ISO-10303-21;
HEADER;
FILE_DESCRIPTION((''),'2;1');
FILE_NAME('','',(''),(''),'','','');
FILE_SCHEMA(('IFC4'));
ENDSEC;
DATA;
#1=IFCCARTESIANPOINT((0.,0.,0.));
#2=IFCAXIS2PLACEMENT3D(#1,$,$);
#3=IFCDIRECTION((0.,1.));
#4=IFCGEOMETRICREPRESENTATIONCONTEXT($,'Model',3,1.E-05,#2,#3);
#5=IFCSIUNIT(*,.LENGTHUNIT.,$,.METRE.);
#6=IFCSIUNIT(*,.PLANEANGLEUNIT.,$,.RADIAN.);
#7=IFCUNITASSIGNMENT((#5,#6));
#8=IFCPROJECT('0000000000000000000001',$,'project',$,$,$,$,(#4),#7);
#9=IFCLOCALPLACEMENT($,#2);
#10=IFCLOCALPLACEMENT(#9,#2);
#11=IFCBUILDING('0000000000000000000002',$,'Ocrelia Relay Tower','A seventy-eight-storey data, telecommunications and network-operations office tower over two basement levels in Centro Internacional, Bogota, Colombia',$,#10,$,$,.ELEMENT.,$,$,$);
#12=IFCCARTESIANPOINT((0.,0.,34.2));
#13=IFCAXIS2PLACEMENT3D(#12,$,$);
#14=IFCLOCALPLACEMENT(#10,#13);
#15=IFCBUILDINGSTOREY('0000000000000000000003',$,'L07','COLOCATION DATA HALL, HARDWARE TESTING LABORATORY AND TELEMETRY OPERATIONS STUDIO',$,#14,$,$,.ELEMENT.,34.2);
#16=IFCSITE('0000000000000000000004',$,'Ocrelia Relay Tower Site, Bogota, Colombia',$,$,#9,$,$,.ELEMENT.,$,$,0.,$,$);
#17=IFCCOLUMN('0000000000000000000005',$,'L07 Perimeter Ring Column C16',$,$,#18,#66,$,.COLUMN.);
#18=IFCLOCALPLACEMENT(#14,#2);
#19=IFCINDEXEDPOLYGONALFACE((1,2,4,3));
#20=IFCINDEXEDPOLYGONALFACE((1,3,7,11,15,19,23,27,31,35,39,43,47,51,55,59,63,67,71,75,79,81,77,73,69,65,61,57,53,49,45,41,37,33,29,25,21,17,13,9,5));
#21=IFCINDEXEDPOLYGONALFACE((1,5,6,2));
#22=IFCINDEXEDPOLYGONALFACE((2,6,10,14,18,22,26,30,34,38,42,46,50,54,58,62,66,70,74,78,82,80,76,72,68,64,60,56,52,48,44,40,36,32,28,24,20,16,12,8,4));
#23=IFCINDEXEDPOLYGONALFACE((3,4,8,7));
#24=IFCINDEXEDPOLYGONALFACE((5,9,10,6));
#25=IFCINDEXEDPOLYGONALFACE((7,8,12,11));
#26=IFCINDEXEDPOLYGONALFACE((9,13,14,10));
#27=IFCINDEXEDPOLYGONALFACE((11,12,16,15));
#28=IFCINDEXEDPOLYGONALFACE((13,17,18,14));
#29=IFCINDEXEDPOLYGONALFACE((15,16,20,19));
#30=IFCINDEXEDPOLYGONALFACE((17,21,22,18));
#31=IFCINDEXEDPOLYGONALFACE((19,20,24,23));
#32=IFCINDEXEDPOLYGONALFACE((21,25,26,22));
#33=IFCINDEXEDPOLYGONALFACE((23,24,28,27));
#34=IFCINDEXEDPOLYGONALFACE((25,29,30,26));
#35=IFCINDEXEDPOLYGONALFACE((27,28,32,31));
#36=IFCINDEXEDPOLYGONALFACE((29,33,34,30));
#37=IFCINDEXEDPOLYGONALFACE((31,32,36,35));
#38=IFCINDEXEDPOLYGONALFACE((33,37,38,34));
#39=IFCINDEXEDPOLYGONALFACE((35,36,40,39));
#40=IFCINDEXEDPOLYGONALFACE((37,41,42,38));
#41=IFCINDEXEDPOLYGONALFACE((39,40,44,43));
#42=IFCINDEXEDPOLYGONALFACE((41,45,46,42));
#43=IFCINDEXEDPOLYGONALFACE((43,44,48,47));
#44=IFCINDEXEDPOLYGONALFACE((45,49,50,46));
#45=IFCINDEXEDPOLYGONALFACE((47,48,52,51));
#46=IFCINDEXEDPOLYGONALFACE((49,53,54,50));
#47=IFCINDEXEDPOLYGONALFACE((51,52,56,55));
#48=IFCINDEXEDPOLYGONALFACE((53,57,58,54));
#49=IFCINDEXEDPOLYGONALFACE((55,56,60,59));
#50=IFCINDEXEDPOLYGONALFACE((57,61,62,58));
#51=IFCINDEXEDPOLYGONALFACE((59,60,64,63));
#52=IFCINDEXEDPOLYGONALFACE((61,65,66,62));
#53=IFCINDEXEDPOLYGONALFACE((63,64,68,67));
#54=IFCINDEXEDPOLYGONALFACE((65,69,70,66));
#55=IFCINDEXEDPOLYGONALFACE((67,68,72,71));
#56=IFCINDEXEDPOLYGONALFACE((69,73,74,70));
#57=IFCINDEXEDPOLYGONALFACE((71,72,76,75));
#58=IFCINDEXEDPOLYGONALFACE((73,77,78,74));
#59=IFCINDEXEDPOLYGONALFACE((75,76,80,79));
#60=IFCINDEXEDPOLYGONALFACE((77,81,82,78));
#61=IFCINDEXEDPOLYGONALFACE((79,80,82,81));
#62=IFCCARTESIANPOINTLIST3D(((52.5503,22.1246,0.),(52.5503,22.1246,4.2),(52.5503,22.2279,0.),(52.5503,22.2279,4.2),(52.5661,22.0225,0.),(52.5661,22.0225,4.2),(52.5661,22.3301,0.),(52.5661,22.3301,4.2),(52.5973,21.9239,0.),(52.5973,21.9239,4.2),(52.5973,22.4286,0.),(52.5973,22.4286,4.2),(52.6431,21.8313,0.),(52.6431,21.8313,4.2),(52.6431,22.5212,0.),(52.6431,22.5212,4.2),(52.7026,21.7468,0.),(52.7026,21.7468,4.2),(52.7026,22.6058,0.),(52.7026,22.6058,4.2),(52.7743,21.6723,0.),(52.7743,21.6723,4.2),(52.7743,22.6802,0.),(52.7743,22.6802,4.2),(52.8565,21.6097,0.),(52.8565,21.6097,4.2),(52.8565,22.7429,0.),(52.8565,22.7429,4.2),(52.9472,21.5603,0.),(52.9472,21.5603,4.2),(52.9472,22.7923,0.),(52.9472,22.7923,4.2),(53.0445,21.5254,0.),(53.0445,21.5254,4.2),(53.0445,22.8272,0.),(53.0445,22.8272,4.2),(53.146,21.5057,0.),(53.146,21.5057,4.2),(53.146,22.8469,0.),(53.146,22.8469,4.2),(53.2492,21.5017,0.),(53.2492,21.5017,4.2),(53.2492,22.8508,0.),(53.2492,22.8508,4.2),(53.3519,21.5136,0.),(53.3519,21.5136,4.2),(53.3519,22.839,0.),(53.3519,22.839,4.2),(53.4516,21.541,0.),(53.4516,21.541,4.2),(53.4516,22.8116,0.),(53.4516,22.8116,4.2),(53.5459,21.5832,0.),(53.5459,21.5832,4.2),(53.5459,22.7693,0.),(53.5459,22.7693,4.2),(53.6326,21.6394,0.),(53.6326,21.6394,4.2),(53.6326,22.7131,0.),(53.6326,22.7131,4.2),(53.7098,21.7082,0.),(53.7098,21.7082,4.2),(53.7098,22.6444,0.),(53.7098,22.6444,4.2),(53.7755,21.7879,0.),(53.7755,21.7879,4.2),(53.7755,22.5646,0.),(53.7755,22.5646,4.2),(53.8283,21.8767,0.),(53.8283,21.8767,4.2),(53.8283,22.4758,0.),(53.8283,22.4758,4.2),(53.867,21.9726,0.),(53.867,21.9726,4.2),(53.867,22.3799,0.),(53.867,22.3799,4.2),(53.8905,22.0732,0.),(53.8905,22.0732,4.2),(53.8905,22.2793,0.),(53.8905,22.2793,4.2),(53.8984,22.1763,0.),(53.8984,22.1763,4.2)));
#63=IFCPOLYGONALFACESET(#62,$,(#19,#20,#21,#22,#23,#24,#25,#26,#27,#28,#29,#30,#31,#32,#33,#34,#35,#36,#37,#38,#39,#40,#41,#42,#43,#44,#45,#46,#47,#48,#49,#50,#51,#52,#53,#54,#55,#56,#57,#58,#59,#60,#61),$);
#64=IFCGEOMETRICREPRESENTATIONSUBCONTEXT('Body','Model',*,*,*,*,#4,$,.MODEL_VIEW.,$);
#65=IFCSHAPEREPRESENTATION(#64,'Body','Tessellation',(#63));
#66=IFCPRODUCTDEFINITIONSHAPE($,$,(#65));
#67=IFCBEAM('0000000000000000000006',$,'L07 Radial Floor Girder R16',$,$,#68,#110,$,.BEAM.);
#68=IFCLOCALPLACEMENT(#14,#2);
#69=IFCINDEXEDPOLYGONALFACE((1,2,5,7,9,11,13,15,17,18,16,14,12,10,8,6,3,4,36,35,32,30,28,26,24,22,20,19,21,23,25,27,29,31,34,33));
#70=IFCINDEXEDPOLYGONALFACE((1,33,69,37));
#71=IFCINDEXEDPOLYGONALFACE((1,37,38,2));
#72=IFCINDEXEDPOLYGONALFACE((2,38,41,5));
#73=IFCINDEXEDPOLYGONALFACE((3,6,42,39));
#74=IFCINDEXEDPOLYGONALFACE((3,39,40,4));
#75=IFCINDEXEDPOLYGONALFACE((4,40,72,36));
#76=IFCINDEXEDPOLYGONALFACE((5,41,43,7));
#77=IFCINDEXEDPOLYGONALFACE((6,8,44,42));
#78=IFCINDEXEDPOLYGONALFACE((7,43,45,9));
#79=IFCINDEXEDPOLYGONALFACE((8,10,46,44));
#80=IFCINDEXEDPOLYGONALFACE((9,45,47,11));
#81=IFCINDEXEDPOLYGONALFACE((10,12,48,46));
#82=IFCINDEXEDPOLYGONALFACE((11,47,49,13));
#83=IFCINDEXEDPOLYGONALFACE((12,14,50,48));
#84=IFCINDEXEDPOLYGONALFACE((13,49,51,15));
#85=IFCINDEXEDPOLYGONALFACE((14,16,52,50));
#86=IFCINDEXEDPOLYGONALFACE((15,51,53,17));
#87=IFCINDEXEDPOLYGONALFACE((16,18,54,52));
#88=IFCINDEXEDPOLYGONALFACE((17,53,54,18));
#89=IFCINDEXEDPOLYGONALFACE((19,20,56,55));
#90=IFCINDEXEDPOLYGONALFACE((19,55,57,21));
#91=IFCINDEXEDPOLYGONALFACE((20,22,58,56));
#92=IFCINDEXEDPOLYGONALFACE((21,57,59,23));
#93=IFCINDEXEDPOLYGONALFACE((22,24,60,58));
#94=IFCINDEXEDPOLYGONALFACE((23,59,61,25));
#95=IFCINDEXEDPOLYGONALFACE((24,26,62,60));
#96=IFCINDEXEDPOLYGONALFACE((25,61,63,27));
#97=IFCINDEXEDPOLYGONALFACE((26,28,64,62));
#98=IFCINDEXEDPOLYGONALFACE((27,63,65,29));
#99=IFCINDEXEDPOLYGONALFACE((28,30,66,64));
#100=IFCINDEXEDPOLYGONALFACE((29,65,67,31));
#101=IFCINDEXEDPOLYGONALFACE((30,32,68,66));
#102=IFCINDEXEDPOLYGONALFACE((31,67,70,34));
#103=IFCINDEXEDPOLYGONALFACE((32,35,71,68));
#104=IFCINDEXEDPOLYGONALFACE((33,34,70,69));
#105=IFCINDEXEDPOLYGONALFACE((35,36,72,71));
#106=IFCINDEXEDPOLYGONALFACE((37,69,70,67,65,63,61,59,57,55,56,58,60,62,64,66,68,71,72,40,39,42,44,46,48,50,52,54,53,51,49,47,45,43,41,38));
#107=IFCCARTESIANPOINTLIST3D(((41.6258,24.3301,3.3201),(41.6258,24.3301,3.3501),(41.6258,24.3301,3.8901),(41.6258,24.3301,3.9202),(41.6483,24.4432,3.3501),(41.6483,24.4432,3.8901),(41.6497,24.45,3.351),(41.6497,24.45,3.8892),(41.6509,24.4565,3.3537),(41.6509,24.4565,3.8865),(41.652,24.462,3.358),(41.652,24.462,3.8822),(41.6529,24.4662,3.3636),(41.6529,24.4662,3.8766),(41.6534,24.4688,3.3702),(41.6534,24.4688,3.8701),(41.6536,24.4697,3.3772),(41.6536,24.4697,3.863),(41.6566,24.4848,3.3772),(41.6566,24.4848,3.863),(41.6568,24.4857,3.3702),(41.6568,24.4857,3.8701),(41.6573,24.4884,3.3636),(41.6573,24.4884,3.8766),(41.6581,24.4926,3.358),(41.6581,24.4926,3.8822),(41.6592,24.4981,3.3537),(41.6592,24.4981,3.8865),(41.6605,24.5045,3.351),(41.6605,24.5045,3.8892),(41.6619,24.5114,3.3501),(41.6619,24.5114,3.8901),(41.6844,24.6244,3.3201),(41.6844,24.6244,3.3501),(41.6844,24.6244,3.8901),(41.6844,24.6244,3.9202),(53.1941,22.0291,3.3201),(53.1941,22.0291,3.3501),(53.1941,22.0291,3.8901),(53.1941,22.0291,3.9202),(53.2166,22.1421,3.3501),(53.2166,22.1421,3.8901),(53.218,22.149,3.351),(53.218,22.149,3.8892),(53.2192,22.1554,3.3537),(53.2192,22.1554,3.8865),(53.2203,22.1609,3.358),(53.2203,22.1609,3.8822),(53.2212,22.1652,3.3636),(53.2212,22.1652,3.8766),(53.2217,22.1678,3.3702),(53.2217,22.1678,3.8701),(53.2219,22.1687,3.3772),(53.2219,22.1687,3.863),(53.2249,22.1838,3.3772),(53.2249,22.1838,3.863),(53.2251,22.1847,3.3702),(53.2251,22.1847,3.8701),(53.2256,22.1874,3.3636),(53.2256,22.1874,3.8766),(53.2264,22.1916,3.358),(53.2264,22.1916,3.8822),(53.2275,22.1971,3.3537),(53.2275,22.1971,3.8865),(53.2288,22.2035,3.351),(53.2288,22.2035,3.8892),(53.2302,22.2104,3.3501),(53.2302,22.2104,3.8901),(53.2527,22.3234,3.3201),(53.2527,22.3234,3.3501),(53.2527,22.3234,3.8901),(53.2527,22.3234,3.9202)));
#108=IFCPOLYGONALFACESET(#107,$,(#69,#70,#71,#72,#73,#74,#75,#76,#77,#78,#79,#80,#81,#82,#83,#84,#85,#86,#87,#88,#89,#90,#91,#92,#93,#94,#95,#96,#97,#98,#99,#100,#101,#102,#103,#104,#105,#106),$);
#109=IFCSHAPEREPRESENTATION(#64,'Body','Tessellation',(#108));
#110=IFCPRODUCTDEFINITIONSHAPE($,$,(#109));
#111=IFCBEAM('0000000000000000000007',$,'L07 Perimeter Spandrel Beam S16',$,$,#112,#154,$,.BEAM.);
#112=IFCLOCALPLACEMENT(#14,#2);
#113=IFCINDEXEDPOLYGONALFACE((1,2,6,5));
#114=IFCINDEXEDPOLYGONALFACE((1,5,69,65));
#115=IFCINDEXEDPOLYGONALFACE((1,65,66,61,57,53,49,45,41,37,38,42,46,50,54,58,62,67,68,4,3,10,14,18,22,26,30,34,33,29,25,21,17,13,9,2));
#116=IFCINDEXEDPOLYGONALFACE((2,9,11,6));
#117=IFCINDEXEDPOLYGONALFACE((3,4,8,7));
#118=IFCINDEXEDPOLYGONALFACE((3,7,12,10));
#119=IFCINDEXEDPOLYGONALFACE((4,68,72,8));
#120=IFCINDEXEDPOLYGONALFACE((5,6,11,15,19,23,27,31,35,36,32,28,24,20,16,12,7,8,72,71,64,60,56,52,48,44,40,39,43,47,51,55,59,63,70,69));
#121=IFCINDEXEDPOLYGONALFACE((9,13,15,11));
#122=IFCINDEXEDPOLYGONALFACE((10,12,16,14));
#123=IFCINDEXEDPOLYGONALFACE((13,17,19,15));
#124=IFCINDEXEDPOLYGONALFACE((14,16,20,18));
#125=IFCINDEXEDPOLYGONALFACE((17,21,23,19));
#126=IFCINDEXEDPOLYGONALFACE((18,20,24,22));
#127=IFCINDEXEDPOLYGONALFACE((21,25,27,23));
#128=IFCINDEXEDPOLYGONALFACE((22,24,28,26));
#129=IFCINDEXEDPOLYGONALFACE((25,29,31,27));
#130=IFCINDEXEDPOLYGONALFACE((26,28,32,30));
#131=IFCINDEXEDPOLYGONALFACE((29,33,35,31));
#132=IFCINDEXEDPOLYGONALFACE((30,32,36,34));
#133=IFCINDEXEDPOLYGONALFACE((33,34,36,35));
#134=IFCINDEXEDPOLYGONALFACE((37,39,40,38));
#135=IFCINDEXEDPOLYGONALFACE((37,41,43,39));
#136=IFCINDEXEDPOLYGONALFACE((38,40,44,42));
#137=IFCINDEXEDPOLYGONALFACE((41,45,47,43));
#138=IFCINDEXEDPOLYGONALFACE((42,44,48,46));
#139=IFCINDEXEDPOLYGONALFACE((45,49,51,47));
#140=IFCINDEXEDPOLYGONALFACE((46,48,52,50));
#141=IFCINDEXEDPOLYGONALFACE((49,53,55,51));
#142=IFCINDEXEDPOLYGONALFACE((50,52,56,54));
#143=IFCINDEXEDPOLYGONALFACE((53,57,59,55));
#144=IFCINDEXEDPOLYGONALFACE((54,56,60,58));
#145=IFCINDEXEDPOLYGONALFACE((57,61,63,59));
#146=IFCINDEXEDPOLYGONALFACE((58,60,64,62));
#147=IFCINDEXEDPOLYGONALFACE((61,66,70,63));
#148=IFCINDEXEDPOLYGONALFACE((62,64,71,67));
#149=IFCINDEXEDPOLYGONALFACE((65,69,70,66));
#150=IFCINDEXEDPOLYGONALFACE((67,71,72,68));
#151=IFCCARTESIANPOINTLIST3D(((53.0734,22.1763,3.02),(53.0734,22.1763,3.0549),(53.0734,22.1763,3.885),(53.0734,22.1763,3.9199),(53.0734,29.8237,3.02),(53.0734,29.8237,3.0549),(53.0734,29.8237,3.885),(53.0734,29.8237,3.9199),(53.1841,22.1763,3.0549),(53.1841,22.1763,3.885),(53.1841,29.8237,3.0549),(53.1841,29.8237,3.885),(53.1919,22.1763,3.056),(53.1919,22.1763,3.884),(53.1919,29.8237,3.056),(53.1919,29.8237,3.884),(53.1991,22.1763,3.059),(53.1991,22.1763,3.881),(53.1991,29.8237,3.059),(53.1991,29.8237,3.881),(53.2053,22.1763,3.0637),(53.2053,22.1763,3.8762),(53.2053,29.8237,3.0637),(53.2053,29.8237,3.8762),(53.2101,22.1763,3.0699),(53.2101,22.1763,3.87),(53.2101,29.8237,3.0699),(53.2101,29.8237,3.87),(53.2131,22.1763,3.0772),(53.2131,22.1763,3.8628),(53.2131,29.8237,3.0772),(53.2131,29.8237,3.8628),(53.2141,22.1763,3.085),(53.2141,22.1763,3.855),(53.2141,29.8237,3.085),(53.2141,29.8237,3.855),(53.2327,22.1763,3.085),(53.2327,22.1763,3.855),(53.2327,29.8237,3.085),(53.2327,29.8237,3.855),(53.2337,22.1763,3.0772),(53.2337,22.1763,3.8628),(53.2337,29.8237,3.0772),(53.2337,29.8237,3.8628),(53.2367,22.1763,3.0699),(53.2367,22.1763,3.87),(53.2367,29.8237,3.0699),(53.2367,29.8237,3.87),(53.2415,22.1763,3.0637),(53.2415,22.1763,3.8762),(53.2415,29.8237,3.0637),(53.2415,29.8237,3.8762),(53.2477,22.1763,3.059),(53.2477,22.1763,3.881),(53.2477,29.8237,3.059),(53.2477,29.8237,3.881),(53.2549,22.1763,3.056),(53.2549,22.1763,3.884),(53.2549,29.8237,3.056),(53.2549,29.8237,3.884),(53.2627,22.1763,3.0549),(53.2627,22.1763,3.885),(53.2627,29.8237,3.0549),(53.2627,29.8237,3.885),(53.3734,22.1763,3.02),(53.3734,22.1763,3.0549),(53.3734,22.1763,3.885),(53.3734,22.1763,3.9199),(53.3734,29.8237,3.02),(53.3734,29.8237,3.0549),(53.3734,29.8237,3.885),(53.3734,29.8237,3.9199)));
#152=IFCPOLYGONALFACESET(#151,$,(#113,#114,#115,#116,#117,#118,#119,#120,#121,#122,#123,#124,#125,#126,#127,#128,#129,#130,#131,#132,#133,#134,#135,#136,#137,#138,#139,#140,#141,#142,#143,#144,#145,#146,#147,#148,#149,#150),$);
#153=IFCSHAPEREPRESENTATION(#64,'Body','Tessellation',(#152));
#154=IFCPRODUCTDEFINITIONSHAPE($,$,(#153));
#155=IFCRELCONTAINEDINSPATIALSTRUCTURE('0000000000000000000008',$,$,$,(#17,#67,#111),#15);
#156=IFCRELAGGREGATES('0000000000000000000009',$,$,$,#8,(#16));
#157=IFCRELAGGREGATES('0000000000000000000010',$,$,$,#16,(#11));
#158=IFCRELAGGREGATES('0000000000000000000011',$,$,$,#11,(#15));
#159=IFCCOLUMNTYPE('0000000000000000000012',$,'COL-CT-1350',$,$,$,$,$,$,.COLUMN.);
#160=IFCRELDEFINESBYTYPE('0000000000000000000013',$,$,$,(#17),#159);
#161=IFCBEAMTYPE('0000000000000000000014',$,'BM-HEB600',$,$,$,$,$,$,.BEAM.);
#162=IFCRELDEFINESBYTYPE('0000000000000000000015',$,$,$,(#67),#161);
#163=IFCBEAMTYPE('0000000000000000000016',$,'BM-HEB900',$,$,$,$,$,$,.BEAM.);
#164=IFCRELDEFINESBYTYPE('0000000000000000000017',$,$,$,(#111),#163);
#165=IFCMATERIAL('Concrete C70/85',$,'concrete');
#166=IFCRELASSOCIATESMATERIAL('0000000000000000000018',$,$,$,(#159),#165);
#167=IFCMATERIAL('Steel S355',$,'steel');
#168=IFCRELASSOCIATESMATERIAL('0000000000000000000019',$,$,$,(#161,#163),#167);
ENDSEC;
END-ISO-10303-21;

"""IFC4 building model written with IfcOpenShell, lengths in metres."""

from ifc_helpers import new_model, si_unit, direction, frame, origin, origin_2d, place, context, subcontext, project, spatial, circle, i_section, extrude, material, material_profile, profile_set, type_object, element, save


model = new_model("IFC4")

# Units and contexts
model_context = context("Model", 3, precision=1e-05, world=origin(), true_north=direction((0.0, 1.0)))
body_context = subcontext(model_context, "Body", "Model", "MODEL_VIEW")
ifc_project = project(units=[si_unit("LENGTHUNIT", "METRE"), si_unit("PLANEANGLEUNIT", "RADIAN")], contexts=[model_context])

# Site, building, storey
site_placement = place(None, origin())
site = spatial("IfcSite", under=ifc_project, at=site_placement, Name="Ocrelia Relay Tower Site, Bogota, Colombia", CompositionType="ELEMENT", RefElevation=0.0)
building_placement = place(site_placement, origin())
building = spatial("IfcBuilding", under=site, at=building_placement, Name="Ocrelia Relay Tower", Description="A seventy-eight-storey data, telecommunications and network-operations office tower over two basement levels in Centro Internacional, Bogota, Colombia", CompositionType="ELEMENT")
storey_placement = place(building_placement, frame((0.0, 0.0, 34.2)))
storey = spatial("IfcBuildingStorey", under=building, at=storey_placement, Name="L07", Description="COLOCATION DATA HALL, HARDWARE TESTING LABORATORY AND TELEMETRY OPERATIONS STUDIO", CompositionType="ELEMENT", Elevation=34.2)

# Column
ifc_material_1 = material(Name="Concrete C70/85", Category="concrete")
ifc_material_profile_1 = material_profile(ifc_material_1, circle(Radius=0.675, at=origin_2d()), Name="RC-CIR-1350")
ifc_profile_set_1 = profile_set([ifc_material_profile_1], Name="Concrete C70/85")
column_type = type_object("IfcColumnType", Name="COL-CT-1350", PredefinedType="COLUMN", material=ifc_profile_set_1)
column_placement = place(storey_placement, frame((53.2234, 22.1763, 0.0), z_axis=(0.0, 0.0, 1.0), x_axis=(1.0, 0.0, 0.0)))
element("IfcColumn", 1, at=column_placement, inside=storey, type_object=column_type, Name="L07 Perimeter Ring Column C16", PredefinedType="COLUMN", context=body_context, shape_type="SweptSolid", body=[
    extrude(circle(Radius=0.675, at=origin_2d()), origin(), (0.0, 0.0, 1.0), 4.2),
])

# Beams
ifc_material_2 = material(Name="Steel S355", Category="steel")
ifc_material_profile_2 = material_profile(ifc_material_2, i_section(OverallWidth=0.3, OverallDepth=0.6001, WebThickness=0.0154, FlangeThickness=0.03, FilletRadius=0.0271, at=origin_2d()), Name="HEB 600")
ifc_profile_set_2 = profile_set([ifc_material_profile_2], Name="Steel S355")
beam_type_1 = type_object("IfcBeamType", Name="BM-HEB600", PredefinedType="BEAM", material=ifc_profile_set_2)
beam_1_placement = place(storey_placement, frame((53.2234, 22.1763, 3.6201), z_axis=(-0.980786, 0.195085, 0.0), x_axis=(-0.195085, -0.980786, 0.0)))
element("IfcBeam", 2, at=beam_1_placement, inside=storey, type_object=beam_type_1, Name="L07 Radial Floor Girder R16", PredefinedType="BEAM", context=body_context, shape_type="SweptSolid", body=[
    extrude(i_section(OverallWidth=0.3, OverallDepth=0.6001, WebThickness=0.0154, FlangeThickness=0.03, FilletRadius=0.0271, at=origin_2d()), origin(), (0.0, 0.0, 1.0), 11.7949),
])
ifc_material_profile_3 = material_profile(ifc_material_2, i_section(OverallWidth=0.3, OverallDepth=0.8999, WebThickness=0.0186, FlangeThickness=0.0349, FilletRadius=0.03, at=origin_2d()), Name="HEB 900")
ifc_profile_set_3 = profile_set([ifc_material_profile_3], Name="Steel S355")
beam_type_2 = type_object("IfcBeamType", Name="BM-HEB900", PredefinedType="BEAM", material=ifc_profile_set_3)
beam_2_placement = place(storey_placement, frame((53.2234, 22.1763, 3.47), z_axis=(0.0, 1.0, 0.0), x_axis=(-1.0, 0.0, 0.0)))
element("IfcBeam", 3, at=beam_2_placement, inside=storey, type_object=beam_type_2, Name="L07 Perimeter Spandrel Beam S16", PredefinedType="BEAM", context=body_context, shape_type="SweptSolid", body=[
    extrude(i_section(OverallWidth=0.3, OverallDepth=0.8999, WebThickness=0.0186, FlangeThickness=0.0349, FilletRadius=0.03, at=origin_2d()), origin(), (0.0, 0.0, 1.0), 7.6475),
])

save(model, "model.ifc")
